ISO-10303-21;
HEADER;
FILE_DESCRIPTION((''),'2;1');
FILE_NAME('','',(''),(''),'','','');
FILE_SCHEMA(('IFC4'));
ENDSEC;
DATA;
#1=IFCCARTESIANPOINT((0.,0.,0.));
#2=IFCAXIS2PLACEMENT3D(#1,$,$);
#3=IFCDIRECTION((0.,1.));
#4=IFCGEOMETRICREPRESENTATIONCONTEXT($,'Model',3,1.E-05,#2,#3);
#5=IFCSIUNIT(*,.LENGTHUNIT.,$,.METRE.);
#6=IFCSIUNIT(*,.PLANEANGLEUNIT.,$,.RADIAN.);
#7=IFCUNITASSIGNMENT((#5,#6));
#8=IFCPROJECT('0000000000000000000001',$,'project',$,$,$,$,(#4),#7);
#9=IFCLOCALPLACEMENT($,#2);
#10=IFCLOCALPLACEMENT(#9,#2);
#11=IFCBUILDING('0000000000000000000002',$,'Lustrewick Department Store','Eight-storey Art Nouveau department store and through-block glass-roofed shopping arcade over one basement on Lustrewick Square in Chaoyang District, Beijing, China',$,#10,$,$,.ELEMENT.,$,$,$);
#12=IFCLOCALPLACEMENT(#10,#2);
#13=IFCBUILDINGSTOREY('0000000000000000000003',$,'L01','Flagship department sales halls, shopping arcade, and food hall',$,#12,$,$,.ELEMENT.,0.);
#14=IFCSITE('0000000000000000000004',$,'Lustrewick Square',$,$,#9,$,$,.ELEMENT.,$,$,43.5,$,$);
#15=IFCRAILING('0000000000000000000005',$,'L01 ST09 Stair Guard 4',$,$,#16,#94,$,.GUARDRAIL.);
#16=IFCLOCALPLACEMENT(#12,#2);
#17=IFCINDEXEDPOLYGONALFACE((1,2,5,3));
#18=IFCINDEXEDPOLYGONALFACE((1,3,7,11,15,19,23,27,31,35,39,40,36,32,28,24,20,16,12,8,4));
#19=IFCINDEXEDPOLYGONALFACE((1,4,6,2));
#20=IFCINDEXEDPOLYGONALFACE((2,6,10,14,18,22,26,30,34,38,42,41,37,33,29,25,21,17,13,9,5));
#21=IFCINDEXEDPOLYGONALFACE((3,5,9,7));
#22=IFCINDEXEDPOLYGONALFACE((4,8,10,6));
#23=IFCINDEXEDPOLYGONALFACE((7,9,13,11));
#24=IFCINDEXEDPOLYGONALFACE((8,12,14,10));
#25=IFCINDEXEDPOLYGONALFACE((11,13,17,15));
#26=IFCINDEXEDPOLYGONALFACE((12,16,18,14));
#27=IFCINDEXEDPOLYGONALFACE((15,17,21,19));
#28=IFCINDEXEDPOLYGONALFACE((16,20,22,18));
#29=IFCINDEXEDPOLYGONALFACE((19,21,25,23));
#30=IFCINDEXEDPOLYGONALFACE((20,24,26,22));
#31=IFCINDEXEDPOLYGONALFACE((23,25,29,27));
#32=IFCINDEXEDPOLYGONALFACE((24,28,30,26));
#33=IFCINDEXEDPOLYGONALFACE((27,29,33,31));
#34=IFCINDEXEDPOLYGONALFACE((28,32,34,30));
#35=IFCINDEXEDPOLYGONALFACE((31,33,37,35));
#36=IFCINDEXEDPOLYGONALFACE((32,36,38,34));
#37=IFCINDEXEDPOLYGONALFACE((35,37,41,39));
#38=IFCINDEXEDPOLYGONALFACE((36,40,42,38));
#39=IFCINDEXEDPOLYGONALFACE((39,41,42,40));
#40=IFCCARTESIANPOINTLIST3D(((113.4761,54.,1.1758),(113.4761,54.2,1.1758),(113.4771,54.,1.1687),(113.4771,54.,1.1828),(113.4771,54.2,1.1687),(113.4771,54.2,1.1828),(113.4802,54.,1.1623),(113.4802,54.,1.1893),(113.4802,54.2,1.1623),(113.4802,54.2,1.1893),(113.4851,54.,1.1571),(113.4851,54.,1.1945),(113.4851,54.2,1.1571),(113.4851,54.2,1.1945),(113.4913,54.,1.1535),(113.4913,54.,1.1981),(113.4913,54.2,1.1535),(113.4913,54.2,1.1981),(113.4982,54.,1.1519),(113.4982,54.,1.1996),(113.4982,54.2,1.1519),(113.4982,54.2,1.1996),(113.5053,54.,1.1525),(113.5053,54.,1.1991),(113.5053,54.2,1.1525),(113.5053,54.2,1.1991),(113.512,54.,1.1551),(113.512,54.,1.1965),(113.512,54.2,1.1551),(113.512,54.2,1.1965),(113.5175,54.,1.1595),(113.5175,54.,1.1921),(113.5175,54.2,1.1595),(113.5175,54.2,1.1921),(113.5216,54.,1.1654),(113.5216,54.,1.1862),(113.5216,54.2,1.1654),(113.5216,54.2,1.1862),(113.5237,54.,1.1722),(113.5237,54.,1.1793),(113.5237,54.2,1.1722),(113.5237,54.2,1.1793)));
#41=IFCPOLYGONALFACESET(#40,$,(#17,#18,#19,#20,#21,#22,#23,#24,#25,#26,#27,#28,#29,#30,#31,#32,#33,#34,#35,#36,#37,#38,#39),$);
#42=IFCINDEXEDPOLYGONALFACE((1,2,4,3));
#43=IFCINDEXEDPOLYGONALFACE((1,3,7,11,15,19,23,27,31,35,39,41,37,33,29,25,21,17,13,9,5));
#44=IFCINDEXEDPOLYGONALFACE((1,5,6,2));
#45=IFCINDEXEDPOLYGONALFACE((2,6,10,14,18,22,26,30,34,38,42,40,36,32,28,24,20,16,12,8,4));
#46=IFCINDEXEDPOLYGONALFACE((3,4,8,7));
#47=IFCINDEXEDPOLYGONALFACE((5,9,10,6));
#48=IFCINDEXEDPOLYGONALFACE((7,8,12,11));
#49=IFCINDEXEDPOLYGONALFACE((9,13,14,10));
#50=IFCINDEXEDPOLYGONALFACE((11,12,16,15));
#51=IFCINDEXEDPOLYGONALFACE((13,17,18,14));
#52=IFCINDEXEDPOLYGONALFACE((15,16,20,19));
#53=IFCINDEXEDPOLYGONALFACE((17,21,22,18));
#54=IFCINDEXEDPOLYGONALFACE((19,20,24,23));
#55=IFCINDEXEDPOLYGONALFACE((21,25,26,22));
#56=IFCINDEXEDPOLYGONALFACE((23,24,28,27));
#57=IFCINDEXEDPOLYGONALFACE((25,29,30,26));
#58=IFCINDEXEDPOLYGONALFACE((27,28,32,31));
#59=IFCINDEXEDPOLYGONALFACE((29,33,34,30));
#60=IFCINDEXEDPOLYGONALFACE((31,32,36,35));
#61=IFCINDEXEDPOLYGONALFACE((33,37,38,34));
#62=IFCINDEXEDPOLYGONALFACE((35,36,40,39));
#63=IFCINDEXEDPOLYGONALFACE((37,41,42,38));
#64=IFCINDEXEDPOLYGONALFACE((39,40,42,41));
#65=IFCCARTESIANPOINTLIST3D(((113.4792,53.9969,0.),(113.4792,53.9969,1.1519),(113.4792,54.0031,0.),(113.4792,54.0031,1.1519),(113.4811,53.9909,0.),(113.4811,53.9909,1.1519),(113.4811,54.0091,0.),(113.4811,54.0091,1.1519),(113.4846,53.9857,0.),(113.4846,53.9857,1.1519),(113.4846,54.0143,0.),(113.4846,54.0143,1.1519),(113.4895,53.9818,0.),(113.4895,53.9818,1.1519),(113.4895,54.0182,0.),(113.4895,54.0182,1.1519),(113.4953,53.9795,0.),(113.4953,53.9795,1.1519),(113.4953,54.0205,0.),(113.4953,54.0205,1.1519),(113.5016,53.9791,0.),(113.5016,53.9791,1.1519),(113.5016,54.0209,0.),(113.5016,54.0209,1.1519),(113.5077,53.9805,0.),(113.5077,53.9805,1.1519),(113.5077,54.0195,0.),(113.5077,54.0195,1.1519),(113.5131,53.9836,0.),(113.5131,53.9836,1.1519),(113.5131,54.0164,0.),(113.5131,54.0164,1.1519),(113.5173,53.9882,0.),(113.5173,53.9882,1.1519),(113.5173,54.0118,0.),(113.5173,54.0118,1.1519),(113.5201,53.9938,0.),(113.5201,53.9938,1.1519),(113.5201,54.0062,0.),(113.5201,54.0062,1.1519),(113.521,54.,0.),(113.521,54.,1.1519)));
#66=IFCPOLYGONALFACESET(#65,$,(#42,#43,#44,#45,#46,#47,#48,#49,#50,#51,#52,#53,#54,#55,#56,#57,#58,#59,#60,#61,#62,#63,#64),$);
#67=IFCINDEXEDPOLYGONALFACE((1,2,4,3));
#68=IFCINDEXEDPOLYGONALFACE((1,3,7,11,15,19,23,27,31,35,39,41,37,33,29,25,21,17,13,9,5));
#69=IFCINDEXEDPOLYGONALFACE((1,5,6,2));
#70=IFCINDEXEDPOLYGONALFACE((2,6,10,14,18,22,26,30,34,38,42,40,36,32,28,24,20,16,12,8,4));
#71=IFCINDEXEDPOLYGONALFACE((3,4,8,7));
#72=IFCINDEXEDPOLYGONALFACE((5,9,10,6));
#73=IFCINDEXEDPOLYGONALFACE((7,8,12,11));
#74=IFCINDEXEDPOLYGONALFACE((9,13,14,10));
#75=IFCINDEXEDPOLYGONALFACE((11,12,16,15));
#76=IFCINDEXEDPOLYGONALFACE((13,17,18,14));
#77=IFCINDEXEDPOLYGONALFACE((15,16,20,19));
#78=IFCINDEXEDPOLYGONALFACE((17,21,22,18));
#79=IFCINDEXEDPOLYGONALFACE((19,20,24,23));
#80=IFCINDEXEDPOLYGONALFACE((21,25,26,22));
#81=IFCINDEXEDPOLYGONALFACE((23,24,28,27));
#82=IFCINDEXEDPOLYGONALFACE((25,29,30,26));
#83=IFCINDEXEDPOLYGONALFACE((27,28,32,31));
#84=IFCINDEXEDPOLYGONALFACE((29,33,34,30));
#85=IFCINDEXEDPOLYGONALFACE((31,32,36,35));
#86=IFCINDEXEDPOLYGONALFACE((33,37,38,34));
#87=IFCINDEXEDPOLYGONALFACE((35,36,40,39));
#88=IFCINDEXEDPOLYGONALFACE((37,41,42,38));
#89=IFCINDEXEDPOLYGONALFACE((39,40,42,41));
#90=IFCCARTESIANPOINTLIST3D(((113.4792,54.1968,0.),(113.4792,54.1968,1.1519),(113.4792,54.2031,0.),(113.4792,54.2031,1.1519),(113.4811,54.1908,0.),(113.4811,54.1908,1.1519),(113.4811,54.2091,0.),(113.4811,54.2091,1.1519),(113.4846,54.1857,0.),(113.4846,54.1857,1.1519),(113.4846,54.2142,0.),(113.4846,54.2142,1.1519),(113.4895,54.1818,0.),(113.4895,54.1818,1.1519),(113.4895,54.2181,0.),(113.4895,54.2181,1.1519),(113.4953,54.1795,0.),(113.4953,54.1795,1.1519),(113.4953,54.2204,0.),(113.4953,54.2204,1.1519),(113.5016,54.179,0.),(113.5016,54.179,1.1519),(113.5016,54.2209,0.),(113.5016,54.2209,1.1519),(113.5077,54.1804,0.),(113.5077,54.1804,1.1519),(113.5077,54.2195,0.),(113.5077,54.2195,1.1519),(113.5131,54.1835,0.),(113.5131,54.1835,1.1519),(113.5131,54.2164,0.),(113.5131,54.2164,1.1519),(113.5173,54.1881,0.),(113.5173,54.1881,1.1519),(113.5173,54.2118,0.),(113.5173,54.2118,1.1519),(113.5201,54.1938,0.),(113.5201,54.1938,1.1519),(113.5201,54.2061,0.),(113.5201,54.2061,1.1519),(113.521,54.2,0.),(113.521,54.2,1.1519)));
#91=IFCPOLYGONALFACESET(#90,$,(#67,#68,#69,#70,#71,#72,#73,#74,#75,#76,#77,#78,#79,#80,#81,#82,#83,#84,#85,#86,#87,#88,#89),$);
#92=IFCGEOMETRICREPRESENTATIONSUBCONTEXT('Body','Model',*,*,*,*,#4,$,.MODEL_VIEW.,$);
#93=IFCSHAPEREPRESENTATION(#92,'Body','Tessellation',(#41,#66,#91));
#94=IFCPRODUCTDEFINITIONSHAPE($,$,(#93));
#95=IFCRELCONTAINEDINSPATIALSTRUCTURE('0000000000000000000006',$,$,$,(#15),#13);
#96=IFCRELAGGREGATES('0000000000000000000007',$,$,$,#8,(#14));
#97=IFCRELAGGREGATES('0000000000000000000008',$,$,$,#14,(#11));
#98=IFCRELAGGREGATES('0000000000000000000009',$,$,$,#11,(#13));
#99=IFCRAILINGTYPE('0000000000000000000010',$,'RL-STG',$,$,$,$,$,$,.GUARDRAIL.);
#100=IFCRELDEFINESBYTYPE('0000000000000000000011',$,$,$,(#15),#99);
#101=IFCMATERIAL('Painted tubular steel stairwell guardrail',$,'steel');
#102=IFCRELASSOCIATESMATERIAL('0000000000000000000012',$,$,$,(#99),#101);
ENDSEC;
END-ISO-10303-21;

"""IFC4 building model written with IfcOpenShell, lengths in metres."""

from ifc_helpers import new_model, si_unit, direction, frame, origin, origin_2d, place, context, subcontext, project, spatial, circle, extrude, material, type_object, element, save


model = new_model("IFC4")

# Units and contexts
model_context = context("Model", 3, precision=1e-05, world=origin(), true_north=direction((0.0, 1.0)))
body_context = subcontext(model_context, "Body", "Model", "MODEL_VIEW")
ifc_project = project(units=[si_unit("LENGTHUNIT", "METRE"), si_unit("PLANEANGLEUNIT", "RADIAN")], contexts=[model_context])

# Site, building, storey
site_placement = place(None, origin())
site = spatial("IfcSite", under=ifc_project, at=site_placement, Name="Lustrewick Square", CompositionType="ELEMENT", RefElevation=43.5)
building_placement = place(site_placement, origin())
building = spatial("IfcBuilding", under=site, at=building_placement, Name="Lustrewick Department Store", Description="Eight-storey Art Nouveau department store and through-block glass-roofed shopping arcade over one basement on Lustrewick Square in Chaoyang District, Beijing, China", CompositionType="ELEMENT")
storey_placement = place(building_placement, origin())
storey = spatial("IfcBuildingStorey", under=building, at=storey_placement, Name="L01", Description="Flagship department sales halls, shopping arcade, and food hall", CompositionType="ELEMENT", Elevation=0.0)

# Railing
ifc_material_1 = material(Name="Painted tubular steel stairwell guardrail", Category="steel")
railing_type_1 = type_object("IfcRailingType", Name="RL-STG", PredefinedType="GUARDRAIL", material=ifc_material_1)
railing_1_placement = place(storey_placement, frame((113.5, 54.0, 0.0)))
element("IfcRailing", 1, at=railing_1_placement, inside=storey, type_object=railing_type_1, Name="L01 ST09 Stair Guard 4", PredefinedType="GUARDRAIL", context=body_context, shape_type="SweptSolid", body=[
    extrude(circle(Radius=0.0239, at=origin_2d()), frame((0.0, 0.0, 1.1758), z_axis=(0.0, 1.0, 0.0), x_axis=(-1.0, 0.0, 0.0)), (0.0, 0.0, 1.0), 0.2),
    extrude(circle(Radius=0.021, at=origin_2d()), origin(), (0.0, 0.0, 1.0), 1.1519),
    extrude(circle(Radius=0.021, at=origin_2d()), frame((0.0, 0.2, 0.0)), (0.0, 0.0, 1.0), 1.1519),
])

save(model, "model.ifc")
